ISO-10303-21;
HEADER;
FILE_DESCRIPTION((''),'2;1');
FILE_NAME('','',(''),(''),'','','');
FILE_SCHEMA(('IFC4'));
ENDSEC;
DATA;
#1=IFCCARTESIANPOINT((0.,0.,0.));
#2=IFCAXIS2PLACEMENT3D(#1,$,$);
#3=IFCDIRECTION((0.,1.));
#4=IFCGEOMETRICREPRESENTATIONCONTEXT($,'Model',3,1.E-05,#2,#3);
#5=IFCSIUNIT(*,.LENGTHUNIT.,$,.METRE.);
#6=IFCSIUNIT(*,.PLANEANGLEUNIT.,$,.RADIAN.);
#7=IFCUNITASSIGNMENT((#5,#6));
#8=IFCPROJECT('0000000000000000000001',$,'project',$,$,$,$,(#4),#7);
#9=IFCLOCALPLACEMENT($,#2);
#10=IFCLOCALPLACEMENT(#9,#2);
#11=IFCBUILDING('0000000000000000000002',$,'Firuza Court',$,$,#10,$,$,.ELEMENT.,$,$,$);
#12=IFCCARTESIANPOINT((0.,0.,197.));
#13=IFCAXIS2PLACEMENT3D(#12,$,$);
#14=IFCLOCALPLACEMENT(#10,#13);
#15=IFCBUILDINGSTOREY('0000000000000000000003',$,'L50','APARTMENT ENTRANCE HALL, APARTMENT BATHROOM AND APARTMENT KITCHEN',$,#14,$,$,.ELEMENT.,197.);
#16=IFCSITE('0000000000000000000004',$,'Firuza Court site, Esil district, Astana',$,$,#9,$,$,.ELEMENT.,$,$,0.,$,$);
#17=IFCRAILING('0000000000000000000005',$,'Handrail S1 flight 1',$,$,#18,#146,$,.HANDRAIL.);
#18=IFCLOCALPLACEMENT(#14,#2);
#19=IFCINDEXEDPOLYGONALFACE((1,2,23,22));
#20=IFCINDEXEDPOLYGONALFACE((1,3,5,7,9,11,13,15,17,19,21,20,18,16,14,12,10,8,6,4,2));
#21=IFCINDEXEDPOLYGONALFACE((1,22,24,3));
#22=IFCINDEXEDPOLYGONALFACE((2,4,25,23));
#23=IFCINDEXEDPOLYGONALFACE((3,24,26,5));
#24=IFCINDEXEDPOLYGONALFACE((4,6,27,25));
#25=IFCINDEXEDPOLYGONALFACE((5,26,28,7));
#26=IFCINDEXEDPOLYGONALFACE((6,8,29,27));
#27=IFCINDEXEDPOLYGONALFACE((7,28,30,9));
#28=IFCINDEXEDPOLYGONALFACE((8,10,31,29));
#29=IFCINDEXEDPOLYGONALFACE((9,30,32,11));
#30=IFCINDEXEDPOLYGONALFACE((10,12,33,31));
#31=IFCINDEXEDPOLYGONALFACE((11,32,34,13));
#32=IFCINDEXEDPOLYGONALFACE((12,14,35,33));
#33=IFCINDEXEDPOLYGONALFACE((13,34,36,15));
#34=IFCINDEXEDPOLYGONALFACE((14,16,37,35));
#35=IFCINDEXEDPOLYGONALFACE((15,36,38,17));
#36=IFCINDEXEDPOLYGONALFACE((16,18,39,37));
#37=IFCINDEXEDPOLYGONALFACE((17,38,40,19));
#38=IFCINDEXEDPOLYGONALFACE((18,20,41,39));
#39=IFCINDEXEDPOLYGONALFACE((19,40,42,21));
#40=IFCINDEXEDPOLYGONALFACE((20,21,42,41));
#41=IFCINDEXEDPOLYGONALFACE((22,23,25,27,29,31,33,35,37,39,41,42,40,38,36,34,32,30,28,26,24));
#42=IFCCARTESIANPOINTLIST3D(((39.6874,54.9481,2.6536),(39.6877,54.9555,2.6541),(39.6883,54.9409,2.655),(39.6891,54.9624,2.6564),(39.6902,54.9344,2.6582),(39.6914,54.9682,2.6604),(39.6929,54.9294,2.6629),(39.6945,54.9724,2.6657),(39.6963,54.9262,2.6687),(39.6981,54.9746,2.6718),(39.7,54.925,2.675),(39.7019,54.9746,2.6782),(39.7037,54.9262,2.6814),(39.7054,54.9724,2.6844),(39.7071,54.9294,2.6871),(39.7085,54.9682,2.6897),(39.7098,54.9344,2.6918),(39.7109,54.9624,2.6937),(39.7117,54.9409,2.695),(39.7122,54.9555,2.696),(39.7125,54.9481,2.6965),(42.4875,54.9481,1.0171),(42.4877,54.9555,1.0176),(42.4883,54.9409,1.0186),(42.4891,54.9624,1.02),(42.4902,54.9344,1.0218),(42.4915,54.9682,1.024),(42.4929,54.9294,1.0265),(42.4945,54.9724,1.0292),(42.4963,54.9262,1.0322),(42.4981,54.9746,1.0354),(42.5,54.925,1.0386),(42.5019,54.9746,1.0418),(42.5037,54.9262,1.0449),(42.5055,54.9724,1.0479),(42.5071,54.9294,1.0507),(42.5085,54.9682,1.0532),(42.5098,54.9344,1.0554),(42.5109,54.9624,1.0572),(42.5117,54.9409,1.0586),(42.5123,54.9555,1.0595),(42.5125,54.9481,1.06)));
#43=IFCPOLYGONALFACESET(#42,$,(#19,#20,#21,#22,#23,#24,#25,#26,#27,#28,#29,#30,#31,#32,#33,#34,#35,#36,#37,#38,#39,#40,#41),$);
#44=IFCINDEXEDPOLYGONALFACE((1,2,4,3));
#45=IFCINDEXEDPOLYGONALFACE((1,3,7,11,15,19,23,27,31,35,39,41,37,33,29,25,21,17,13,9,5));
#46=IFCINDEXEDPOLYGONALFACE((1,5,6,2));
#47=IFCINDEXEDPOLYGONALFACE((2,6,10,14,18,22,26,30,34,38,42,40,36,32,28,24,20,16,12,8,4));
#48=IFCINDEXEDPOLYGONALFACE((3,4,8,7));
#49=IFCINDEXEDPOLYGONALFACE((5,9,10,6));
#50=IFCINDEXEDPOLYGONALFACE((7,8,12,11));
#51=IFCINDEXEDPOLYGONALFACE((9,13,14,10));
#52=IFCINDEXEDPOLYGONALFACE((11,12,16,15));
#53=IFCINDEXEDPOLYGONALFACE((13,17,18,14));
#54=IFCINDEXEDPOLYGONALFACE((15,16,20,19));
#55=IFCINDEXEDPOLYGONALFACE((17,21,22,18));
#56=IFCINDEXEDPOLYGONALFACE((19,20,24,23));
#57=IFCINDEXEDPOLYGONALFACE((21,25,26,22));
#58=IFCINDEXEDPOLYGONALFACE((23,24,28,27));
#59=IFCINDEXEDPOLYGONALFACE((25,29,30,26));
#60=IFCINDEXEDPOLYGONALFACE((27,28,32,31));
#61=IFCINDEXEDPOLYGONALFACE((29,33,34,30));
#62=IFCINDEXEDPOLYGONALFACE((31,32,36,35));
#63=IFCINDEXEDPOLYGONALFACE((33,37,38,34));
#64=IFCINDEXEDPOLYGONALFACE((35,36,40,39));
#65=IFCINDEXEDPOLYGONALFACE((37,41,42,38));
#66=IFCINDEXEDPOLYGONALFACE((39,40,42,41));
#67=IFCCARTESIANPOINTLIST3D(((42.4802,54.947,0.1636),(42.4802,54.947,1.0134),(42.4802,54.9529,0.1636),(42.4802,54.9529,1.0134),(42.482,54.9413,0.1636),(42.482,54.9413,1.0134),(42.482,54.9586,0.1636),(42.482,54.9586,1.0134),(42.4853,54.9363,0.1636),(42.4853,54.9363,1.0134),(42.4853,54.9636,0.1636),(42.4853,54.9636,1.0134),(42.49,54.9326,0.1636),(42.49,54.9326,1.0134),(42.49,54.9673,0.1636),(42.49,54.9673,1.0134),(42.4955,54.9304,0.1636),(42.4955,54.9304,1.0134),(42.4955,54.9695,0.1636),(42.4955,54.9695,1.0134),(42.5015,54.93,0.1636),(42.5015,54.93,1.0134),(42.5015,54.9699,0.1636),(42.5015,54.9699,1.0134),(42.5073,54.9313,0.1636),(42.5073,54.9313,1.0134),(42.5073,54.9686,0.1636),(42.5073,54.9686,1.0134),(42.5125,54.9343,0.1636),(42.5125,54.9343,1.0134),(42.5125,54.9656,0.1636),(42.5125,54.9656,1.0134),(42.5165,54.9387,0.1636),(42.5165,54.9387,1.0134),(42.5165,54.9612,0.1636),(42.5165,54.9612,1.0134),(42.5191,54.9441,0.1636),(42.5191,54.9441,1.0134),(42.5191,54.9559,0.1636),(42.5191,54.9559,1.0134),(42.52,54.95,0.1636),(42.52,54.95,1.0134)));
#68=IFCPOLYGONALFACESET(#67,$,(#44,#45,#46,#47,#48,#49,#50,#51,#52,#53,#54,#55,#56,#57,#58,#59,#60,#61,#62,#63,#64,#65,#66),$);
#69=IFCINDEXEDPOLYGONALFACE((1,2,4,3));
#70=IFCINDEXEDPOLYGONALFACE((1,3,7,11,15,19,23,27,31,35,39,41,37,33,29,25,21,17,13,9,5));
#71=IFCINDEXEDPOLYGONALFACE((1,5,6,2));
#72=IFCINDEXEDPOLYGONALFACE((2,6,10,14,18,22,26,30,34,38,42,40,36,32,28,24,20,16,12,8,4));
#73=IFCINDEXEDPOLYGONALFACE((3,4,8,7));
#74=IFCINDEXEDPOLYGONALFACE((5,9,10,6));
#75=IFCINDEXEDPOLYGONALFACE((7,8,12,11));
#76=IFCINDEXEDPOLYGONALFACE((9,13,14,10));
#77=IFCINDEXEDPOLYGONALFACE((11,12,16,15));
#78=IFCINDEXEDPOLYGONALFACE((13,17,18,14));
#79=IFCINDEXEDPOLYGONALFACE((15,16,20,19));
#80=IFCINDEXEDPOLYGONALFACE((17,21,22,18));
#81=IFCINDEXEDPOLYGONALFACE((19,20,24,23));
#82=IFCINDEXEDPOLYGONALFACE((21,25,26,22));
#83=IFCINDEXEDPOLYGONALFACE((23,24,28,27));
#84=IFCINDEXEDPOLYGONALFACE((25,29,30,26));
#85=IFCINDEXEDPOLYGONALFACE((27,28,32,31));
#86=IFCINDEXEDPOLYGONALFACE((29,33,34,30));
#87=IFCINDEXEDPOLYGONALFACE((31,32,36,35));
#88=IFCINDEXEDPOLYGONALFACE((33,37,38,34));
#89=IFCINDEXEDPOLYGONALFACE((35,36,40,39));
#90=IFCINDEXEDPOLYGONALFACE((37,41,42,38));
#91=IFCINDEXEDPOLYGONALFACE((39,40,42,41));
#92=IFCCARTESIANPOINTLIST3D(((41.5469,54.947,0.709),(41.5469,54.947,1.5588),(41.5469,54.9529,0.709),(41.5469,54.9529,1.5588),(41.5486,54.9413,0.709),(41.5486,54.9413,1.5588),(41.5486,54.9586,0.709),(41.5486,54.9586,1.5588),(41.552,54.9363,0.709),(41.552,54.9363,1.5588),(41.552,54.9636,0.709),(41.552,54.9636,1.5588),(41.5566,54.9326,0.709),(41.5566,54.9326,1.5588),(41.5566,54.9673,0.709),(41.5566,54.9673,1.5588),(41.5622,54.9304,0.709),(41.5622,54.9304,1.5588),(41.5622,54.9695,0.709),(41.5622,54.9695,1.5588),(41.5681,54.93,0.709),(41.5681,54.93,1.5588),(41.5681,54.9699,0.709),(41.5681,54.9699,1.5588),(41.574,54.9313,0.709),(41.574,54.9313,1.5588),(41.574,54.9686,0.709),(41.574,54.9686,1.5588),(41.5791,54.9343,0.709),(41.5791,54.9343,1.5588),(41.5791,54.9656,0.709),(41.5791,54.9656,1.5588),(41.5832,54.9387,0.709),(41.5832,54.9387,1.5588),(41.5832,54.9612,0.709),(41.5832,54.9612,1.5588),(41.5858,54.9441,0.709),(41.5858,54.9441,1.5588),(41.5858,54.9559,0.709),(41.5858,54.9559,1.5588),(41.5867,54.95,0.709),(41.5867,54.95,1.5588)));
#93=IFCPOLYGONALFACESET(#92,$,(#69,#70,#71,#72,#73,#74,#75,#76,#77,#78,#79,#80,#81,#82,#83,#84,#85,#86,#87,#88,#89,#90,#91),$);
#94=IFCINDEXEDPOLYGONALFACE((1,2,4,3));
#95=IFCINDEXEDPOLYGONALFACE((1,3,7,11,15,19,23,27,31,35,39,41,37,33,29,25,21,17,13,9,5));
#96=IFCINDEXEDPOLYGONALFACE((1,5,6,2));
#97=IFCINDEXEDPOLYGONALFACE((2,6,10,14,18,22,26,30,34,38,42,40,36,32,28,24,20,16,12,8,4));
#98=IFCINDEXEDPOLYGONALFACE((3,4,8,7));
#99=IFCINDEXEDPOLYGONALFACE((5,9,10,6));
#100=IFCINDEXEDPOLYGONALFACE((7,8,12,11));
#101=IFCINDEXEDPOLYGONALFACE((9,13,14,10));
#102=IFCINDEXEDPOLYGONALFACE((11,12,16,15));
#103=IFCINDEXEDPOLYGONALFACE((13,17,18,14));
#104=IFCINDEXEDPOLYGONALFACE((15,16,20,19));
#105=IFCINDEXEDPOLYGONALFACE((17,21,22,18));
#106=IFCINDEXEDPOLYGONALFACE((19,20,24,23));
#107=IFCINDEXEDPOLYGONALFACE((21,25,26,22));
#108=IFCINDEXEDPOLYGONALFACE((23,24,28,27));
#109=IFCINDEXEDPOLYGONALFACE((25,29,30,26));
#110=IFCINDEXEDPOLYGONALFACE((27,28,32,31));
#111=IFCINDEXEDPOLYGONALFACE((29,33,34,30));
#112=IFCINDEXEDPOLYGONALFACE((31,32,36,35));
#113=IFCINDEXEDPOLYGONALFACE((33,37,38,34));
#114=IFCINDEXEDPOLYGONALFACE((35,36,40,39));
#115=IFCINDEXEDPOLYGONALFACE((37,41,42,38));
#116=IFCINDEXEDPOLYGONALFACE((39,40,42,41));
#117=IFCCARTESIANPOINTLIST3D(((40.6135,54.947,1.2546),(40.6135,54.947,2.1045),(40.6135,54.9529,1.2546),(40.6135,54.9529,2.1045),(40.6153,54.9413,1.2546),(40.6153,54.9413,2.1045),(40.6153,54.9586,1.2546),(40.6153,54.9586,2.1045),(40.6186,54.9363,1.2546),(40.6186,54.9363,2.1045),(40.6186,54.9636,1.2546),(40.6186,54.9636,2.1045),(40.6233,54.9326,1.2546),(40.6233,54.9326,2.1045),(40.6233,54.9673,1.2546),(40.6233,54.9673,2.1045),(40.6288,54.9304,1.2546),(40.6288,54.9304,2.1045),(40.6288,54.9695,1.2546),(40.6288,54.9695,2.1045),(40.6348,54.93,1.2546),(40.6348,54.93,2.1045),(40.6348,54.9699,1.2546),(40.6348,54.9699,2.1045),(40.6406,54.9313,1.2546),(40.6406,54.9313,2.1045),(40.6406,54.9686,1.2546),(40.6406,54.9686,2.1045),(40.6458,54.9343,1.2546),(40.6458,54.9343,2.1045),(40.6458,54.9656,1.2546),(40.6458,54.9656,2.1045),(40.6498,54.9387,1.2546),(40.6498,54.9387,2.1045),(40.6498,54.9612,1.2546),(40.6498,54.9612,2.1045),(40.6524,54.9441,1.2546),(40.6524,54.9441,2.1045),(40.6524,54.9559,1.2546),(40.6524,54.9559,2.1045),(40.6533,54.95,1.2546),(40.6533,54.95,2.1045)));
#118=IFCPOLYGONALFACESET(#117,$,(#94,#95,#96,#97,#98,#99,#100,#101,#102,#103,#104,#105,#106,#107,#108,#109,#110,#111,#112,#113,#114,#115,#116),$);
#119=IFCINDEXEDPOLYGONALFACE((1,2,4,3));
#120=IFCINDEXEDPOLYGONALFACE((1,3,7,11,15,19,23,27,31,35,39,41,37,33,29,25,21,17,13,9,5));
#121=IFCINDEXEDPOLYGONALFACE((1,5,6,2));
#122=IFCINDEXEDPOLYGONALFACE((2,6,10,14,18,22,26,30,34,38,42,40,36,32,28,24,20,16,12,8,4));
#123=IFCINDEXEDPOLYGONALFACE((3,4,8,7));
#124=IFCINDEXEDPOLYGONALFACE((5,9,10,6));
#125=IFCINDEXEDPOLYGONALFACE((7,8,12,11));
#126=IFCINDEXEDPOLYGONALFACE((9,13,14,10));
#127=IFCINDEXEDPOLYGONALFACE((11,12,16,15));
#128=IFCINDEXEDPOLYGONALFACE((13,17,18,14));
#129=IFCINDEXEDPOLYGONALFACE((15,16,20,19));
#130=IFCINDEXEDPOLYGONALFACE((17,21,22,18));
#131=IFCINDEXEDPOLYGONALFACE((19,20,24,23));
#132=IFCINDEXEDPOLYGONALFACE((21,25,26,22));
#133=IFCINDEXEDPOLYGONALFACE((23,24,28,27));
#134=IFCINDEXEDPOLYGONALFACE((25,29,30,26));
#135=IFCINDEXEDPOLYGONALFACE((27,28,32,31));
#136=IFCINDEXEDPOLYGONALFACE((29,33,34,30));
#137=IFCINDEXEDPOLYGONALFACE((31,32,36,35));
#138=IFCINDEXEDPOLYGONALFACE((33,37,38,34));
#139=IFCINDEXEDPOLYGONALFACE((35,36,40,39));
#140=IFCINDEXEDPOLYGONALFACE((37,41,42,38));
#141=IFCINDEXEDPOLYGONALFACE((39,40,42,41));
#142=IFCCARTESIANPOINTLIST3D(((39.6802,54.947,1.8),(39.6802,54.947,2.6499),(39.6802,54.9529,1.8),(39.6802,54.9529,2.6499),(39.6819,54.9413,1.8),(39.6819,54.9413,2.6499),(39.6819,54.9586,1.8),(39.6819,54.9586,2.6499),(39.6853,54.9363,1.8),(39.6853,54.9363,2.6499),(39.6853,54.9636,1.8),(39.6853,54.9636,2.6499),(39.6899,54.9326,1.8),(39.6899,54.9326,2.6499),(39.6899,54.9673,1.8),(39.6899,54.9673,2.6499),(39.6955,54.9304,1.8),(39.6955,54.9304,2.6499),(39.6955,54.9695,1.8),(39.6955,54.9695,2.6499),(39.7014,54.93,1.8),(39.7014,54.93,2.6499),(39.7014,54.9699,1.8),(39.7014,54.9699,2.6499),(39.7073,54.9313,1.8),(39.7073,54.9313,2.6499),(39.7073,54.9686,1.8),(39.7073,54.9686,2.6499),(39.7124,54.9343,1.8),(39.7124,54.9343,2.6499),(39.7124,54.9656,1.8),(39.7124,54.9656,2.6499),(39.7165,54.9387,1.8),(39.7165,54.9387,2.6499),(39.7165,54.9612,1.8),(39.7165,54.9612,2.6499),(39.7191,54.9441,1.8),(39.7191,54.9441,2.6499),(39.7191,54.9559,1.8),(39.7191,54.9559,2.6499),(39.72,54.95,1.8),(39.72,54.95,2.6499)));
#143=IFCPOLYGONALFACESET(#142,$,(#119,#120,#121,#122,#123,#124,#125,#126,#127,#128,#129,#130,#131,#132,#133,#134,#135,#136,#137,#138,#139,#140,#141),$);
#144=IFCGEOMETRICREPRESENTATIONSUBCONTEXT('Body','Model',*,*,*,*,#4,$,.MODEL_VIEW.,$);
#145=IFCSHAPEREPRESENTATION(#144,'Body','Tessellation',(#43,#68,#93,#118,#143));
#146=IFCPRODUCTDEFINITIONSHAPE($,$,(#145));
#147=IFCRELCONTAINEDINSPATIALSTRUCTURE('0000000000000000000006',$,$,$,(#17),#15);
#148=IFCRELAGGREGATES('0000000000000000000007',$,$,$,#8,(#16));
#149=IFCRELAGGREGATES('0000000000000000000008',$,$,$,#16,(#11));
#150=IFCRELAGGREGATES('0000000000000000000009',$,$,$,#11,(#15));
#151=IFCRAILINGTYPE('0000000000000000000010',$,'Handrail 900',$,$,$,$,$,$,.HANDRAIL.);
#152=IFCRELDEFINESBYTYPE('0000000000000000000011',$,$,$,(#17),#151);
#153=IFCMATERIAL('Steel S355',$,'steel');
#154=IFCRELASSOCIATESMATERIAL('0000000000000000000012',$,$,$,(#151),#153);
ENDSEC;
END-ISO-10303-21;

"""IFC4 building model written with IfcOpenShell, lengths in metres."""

from ifc_helpers import new_model, si_unit, direction, frame, origin, origin_2d, place, context, subcontext, project, spatial, circle, extrude, material, type_object, element, save


model = new_model("IFC4")

# Units and contexts
model_context = context("Model", 3, precision=1e-05, world=origin(), true_north=direction((0.0, 1.0)))
body_context = subcontext(model_context, "Body", "Model", "MODEL_VIEW")
ifc_project = project(units=[si_unit("LENGTHUNIT", "METRE"), si_unit("PLANEANGLEUNIT", "RADIAN")], contexts=[model_context])

# Site, building, storey
site_placement = place(None, origin())
site = spatial("IfcSite", under=ifc_project, at=site_placement, Name="Firuza Court site, Esil district, Astana", CompositionType="ELEMENT", RefElevation=0.0)
building_placement = place(site_placement, origin())
building = spatial("IfcBuilding", under=site, at=building_placement, Name="Firuza Court", CompositionType="ELEMENT")
storey_placement = place(building_placement, frame((0.0, 0.0, 197.0)))
storey = spatial("IfcBuildingStorey", under=building, at=storey_placement, Name="L50", Description="APARTMENT ENTRANCE HALL, APARTMENT BATHROOM AND APARTMENT KITCHEN", CompositionType="ELEMENT", Elevation=197.0)

# Railing
ifc_material_1 = material(Name="Steel S355", Category="steel")
railing_type_1 = type_object("IfcRailingType", Name="Handrail 900", PredefinedType="HANDRAIL", material=ifc_material_1)
railing_1_placement = place(storey_placement, frame((42.5, 54.95, 0.1636)))
element("IfcRailing", 1, at=railing_1_placement, inside=storey, type_object=railing_type_1, Name="Handrail S1 flight 1", PredefinedType="HANDRAIL", context=body_context, shape_type="SweptSolid", body=[
    extrude(circle(Radius=0.0249, at=origin_2d()), frame((0.0, 0.0, 0.875), z_axis=(-0.863361, 0.0, 0.504587), x_axis=(0.0, -1.0, 0.0)), (0.0, 0.0, 1.0), 3.2432),
    extrude(circle(Radius=0.02, at=origin_2d()), origin(), (0.0, 0.0, 1.0), 0.8499),
    extrude(circle(Radius=0.02, at=origin_2d()), frame((-0.9333, 0.0, 0.5454)), (0.0, 0.0, 1.0), 0.8499),
    extrude(circle(Radius=0.02, at=origin_2d()), frame((-1.8667, 0.0, 1.0911)), (0.0, 0.0, 1.0), 0.8499),
    extrude(circle(Radius=0.02, at=origin_2d()), frame((-2.8, 0.0, 1.6365)), (0.0, 0.0, 1.0), 0.8499),
])

save(model, "model.ifc")
